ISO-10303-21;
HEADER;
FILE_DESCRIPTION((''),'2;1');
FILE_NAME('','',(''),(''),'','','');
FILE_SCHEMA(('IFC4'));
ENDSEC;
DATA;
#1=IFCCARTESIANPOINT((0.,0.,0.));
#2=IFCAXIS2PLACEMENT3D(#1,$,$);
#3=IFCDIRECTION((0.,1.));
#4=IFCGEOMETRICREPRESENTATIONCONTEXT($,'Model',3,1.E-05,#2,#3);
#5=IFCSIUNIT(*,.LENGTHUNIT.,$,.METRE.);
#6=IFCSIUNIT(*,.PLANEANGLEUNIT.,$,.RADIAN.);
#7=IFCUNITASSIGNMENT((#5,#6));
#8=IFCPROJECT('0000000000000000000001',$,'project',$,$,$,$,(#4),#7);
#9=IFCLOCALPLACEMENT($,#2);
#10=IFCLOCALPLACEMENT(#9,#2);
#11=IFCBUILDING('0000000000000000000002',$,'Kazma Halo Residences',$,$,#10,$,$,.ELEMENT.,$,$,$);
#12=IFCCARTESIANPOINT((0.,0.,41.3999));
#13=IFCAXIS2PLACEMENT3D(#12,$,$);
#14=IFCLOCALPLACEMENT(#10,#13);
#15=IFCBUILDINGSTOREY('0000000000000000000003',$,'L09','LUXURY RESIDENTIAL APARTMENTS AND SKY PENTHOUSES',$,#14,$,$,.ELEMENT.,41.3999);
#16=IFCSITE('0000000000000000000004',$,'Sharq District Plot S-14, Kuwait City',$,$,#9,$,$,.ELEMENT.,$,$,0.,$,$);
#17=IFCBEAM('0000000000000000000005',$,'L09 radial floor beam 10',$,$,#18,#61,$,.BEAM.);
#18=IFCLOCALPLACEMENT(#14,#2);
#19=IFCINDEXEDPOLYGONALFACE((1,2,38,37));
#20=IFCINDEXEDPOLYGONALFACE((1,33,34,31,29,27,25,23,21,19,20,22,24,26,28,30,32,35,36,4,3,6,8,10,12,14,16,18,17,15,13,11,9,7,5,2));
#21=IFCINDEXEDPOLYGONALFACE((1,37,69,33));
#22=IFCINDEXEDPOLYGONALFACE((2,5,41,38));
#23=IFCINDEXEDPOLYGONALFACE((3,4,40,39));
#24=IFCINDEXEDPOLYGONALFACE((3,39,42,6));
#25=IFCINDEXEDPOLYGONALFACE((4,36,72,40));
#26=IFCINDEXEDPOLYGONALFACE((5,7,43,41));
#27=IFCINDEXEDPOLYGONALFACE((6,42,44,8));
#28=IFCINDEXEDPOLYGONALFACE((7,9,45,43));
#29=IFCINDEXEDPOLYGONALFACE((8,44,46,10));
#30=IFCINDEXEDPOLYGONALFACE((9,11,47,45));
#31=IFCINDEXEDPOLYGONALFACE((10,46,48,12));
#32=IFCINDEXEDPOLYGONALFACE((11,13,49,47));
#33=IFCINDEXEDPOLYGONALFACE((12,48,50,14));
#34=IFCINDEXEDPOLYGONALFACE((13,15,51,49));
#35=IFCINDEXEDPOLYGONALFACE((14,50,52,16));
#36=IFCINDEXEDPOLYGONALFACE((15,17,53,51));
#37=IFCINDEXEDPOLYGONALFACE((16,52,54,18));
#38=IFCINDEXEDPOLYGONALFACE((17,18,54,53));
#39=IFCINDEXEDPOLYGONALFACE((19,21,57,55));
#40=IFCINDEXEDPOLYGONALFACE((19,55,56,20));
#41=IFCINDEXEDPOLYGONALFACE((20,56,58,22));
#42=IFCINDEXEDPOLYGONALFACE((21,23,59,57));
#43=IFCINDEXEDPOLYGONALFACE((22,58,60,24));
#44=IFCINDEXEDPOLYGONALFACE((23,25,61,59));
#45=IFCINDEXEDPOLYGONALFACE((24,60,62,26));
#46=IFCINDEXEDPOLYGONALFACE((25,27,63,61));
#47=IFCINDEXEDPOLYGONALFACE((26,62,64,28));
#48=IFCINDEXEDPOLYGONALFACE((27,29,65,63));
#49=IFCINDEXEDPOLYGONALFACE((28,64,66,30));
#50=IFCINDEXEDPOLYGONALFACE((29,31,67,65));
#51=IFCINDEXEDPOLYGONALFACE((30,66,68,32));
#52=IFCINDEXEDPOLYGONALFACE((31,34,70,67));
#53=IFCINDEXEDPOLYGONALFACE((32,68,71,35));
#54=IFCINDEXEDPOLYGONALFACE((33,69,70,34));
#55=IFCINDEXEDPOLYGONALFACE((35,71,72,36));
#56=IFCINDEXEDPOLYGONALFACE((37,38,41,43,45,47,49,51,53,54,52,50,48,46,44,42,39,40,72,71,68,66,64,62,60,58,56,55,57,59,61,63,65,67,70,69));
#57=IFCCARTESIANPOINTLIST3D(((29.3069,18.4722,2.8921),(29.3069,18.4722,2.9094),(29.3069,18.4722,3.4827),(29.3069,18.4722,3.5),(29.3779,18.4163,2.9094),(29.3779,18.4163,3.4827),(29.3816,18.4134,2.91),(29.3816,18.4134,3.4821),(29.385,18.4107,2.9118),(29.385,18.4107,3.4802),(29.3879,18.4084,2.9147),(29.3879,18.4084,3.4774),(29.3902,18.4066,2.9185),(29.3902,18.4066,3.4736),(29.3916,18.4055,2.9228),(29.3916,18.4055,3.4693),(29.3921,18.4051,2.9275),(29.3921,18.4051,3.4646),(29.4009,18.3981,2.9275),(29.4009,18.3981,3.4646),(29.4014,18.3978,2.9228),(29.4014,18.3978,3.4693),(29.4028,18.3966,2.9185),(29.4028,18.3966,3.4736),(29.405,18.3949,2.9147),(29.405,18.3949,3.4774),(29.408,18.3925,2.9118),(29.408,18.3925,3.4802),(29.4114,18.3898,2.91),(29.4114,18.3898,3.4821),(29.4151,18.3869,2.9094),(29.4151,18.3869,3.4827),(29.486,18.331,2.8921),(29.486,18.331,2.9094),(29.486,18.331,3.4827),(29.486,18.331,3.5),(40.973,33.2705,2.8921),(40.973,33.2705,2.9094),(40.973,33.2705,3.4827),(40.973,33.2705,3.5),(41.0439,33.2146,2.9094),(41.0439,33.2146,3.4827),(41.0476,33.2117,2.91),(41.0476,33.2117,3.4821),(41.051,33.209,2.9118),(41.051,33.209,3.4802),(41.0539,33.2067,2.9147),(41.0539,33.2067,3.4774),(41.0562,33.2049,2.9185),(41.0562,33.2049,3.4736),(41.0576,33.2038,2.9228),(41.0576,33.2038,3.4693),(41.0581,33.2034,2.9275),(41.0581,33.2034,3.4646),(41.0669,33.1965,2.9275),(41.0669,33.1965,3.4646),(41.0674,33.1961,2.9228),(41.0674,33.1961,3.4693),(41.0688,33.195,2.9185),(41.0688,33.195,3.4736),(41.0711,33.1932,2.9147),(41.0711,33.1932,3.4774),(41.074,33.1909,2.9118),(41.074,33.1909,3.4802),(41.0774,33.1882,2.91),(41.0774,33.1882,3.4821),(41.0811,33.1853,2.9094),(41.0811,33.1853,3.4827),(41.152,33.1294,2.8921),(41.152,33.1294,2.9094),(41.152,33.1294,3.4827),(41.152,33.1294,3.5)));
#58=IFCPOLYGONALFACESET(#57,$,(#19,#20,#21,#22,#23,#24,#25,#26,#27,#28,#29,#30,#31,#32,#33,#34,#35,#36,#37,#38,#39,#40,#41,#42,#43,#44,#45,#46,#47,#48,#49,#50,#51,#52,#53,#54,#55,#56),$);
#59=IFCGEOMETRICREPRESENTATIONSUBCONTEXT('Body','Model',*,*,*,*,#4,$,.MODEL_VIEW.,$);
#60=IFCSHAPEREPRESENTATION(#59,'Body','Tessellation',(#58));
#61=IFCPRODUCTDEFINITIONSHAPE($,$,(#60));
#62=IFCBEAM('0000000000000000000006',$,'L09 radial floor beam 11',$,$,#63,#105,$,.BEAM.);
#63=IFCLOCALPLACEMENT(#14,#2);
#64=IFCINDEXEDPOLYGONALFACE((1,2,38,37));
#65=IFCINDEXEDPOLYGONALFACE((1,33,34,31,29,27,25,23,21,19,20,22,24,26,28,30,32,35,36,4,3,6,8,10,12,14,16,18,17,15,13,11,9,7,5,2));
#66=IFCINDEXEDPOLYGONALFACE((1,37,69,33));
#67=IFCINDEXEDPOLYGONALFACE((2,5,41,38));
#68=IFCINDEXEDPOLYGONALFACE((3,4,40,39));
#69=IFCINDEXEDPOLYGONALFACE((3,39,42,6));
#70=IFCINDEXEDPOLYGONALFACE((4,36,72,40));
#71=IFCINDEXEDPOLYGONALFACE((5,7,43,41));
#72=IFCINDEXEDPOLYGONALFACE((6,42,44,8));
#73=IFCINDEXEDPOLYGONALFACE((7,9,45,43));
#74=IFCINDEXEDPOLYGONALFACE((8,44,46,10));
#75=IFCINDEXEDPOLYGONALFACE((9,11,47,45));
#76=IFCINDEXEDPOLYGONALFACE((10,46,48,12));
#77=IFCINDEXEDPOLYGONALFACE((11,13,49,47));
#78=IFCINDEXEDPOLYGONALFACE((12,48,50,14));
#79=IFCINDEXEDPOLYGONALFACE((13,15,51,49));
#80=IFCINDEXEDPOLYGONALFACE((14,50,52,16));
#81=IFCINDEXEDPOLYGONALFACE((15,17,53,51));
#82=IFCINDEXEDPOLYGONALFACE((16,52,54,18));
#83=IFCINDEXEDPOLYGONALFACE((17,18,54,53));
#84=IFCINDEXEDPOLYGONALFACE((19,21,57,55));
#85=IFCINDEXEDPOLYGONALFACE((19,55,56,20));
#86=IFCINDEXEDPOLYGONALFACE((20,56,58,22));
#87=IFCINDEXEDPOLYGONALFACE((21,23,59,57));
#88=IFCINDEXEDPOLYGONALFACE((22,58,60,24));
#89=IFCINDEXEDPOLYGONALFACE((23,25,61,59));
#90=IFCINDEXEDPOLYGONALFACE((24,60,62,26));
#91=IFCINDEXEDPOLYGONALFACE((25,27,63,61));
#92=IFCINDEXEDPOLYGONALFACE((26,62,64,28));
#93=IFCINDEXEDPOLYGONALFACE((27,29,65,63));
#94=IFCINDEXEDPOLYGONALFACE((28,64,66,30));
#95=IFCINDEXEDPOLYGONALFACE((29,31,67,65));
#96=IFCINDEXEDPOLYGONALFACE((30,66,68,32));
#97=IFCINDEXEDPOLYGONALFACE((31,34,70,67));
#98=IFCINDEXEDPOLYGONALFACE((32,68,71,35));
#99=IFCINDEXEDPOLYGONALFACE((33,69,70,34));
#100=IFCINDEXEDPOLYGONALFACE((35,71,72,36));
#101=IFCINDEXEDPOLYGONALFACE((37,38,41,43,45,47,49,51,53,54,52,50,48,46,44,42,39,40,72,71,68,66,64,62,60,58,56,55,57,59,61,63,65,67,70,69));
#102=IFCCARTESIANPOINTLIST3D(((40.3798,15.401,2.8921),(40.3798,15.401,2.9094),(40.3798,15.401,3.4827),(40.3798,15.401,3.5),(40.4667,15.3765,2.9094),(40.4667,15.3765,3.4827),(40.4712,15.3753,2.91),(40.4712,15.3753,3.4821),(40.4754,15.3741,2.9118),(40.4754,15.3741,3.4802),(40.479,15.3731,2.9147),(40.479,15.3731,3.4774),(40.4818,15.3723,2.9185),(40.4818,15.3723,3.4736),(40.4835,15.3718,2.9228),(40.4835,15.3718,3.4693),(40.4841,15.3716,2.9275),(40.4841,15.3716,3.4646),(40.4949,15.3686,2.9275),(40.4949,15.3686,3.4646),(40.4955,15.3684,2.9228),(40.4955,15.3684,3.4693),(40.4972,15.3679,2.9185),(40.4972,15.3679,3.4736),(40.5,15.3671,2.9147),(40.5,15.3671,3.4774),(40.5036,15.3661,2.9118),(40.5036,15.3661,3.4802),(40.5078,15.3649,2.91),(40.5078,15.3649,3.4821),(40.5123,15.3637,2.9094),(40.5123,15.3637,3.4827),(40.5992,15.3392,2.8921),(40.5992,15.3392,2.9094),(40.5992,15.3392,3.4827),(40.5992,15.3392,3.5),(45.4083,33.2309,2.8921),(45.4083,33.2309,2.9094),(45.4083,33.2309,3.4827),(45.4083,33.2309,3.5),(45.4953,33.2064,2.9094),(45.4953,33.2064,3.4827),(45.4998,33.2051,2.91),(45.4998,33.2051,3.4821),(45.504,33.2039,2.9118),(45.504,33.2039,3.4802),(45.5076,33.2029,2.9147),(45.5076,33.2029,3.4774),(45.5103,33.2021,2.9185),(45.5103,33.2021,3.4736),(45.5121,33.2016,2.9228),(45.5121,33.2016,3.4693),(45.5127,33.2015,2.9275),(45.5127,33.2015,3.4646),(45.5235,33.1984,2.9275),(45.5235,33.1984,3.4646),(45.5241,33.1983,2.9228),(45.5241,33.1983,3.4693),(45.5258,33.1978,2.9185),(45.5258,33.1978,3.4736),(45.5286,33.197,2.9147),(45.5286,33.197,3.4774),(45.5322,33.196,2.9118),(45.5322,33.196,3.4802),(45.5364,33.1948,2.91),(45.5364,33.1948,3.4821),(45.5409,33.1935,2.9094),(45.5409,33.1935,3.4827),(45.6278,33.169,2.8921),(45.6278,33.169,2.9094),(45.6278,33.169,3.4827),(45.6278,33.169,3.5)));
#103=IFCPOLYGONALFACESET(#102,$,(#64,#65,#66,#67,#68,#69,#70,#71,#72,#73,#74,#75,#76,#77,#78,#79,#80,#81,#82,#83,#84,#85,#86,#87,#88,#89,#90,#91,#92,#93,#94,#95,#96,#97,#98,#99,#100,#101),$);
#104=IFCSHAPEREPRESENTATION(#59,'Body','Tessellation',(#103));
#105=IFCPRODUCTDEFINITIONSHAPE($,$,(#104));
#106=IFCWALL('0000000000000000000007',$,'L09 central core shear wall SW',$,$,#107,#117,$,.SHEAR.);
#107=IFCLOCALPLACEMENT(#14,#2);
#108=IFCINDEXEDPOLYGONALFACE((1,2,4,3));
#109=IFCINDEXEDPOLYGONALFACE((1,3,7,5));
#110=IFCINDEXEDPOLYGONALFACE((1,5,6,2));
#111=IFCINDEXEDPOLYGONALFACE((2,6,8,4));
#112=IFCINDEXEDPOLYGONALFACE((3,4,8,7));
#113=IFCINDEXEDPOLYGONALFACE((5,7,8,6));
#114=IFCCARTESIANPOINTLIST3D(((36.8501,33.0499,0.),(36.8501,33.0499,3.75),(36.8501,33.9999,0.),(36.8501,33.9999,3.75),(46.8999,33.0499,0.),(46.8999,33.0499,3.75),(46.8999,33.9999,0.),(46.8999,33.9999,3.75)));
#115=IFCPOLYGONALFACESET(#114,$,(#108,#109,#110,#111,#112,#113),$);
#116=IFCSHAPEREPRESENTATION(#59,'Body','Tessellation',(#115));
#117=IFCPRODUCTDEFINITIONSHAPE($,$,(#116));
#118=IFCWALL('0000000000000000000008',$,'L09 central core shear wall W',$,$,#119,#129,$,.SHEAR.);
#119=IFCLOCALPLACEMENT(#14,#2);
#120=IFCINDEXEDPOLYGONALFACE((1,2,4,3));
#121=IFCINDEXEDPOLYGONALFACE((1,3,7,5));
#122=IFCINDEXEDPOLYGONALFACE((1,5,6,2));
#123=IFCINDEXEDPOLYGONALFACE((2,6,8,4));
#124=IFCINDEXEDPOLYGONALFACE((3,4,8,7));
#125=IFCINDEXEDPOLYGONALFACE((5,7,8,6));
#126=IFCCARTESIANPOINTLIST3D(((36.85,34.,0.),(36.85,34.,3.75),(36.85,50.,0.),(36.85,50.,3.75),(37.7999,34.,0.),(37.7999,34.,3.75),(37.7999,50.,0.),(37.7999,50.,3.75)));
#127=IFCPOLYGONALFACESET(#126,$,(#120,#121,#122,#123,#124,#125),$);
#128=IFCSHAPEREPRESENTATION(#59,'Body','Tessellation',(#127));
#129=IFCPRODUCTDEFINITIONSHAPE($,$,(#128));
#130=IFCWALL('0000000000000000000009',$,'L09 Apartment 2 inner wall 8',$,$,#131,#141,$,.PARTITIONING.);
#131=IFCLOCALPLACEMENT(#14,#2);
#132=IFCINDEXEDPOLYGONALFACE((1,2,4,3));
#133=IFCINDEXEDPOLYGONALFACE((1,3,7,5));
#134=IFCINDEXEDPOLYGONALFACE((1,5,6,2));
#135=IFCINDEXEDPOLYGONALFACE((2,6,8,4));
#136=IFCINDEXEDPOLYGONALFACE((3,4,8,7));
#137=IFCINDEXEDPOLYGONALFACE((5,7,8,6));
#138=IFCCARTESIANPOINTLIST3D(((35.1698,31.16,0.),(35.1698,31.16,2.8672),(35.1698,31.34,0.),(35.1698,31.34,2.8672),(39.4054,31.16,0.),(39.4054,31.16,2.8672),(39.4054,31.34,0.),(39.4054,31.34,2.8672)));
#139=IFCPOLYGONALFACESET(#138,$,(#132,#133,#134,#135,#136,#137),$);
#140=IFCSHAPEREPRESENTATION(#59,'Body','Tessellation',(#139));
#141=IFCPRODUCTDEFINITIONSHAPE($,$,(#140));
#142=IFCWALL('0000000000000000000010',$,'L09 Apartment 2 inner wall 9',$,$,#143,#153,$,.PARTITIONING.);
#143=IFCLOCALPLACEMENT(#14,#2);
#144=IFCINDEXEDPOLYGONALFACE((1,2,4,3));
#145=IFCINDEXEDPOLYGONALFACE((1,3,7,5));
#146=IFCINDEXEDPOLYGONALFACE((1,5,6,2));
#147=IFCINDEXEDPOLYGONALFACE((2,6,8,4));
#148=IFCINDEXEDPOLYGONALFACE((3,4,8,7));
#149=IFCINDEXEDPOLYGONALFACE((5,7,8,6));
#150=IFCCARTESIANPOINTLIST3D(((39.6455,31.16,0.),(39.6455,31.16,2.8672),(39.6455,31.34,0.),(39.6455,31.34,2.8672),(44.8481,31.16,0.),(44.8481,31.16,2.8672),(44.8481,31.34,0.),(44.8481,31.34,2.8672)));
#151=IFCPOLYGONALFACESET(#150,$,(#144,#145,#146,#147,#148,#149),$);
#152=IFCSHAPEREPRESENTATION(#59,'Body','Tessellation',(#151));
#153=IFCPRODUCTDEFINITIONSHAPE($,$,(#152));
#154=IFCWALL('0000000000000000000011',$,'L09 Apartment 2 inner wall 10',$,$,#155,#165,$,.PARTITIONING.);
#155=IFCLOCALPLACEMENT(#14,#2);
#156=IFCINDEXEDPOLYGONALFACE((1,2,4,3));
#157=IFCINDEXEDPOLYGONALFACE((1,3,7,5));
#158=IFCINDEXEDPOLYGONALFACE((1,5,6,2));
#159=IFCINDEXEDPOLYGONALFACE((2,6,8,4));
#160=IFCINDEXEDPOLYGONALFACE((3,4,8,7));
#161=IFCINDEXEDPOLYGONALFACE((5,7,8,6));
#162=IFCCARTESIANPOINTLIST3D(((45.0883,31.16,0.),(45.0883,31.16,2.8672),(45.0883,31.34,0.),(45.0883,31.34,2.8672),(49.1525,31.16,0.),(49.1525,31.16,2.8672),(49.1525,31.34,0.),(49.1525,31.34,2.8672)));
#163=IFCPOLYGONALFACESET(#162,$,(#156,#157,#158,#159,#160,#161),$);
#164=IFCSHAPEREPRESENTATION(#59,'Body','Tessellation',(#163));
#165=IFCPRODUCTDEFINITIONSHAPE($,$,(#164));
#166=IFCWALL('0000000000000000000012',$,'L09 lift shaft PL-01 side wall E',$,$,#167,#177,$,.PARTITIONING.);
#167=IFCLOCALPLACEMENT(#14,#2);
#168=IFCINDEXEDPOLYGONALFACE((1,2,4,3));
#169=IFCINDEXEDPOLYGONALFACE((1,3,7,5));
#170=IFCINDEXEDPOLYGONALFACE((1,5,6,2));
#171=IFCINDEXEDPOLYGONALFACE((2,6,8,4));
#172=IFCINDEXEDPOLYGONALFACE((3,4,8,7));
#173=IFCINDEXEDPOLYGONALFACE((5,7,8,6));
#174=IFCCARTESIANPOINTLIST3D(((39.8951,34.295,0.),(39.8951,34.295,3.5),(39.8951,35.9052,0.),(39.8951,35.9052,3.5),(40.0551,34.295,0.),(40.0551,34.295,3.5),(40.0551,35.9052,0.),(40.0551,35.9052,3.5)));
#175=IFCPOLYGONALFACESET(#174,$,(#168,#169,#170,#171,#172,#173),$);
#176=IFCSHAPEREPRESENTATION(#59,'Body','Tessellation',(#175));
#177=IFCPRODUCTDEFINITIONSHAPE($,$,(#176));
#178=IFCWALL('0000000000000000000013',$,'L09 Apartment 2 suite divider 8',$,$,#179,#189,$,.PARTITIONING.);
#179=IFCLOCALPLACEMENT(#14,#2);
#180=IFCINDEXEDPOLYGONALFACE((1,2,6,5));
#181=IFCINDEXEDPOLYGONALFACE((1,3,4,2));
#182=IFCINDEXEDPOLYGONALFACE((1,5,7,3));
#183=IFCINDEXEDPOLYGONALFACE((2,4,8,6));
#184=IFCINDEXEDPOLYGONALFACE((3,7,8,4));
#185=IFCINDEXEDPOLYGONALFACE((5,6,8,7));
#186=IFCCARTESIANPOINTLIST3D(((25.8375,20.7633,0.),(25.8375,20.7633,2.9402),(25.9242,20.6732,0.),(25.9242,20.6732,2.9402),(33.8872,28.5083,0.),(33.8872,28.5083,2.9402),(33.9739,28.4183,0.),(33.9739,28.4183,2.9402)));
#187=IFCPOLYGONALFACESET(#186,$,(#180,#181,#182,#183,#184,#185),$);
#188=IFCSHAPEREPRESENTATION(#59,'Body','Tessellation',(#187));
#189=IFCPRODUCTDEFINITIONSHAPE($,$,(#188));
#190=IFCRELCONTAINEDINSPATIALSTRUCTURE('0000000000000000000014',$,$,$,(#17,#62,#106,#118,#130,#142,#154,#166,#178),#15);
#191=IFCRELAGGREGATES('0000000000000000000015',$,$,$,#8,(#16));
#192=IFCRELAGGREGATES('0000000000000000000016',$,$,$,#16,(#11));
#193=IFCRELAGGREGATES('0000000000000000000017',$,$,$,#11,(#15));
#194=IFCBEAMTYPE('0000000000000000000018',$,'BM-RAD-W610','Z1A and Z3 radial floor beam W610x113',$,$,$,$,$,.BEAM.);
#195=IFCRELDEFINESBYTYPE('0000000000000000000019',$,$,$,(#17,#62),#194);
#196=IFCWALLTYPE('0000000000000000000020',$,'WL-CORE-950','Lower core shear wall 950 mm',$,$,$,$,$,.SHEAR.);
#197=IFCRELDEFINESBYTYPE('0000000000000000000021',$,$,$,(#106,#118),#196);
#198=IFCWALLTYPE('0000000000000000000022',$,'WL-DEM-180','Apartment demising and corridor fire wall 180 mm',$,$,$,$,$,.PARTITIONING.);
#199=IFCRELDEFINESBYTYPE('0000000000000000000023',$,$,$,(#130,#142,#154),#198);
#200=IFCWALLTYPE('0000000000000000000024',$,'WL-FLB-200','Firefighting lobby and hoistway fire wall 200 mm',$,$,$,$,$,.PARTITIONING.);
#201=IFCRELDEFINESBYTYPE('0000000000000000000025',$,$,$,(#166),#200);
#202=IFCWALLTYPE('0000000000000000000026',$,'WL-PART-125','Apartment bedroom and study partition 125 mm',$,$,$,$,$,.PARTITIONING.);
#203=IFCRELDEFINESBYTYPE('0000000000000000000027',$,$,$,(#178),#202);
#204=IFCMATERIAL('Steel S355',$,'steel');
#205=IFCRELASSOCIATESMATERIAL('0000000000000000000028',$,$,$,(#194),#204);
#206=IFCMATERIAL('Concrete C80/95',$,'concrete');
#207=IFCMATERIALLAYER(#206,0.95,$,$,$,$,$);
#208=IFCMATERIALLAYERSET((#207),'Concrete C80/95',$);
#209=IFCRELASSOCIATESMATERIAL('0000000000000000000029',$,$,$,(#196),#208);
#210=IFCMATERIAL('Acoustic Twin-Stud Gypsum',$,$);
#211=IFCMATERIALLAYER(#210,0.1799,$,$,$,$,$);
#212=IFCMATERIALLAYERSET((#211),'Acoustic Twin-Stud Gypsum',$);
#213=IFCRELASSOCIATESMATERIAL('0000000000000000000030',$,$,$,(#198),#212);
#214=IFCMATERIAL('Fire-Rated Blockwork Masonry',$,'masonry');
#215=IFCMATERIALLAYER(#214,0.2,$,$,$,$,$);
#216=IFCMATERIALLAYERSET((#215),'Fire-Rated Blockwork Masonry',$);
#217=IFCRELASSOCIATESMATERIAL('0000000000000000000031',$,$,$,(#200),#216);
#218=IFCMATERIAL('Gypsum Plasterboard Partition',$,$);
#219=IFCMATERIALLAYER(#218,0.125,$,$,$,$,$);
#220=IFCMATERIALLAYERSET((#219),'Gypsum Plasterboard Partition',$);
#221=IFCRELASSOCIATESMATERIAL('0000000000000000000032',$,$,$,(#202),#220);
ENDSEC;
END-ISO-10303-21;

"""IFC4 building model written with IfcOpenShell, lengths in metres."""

from ifc_helpers import new_model, si_unit, direction, frame, frame_2d, origin, origin_2d, place, context, subcontext, project, spatial, rectangle, i_section, extrude, material, layer, layer_set, material_profile, profile_set, type_object, element, save


model = new_model("IFC4")

# Units and contexts
model_context = context("Model", 3, precision=1e-05, world=origin(), true_north=direction((0.0, 1.0)))
body_context = subcontext(model_context, "Body", "Model", "MODEL_VIEW")
ifc_project = project(units=[si_unit("LENGTHUNIT", "METRE"), si_unit("PLANEANGLEUNIT", "RADIAN")], contexts=[model_context])

# Site, building, storey
site_placement = place(None, origin())
site = spatial("IfcSite", under=ifc_project, at=site_placement, Name="Sharq District Plot S-14, Kuwait City", CompositionType="ELEMENT", RefElevation=0.0)
building_placement = place(site_placement, origin())
building = spatial("IfcBuilding", under=site, at=building_placement, Name="Kazma Halo Residences", CompositionType="ELEMENT")
storey_placement = place(building_placement, frame((0.0, 0.0, 41.3999)))
storey = spatial("IfcBuildingStorey", under=building, at=storey_placement, Name="L09", Description="LUXURY RESIDENTIAL APARTMENTS AND SKY PENTHOUSES", CompositionType="ELEMENT", Elevation=41.3999)

# Beams
ifc_material_1 = material(Name="Steel S355", Category="steel")
ifc_material_profile = material_profile(ifc_material_1, i_section(OverallWidth=0.228, OverallDepth=0.6079, WebThickness=0.0112, FlangeThickness=0.0173, FilletRadius=0.0181, at=origin_2d()), Name="W610x113")
ifc_profile_set = profile_set([ifc_material_profile], Name="Steel S355")
beam_type = type_object("IfcBeamType", Name="BM-RAD-W610", Description="Z1A and Z3 radial floor beam W610x113", PredefinedType="BEAM", material=ifc_profile_set)
beam_1_placement = place(storey_placement, frame((41.0625, 33.2, 3.196), z_axis=(-0.619092, -0.785318, 0.0), x_axis=(0.785318, -0.619092, 0.0)))
element("IfcBeam", 1, at=beam_1_placement, inside=storey, type_object=beam_type, Name="L09 radial floor beam 10", PredefinedType="BEAM", context=body_context, shape_type="SweptSolid", body=[
    extrude(i_section(OverallWidth=0.228, OverallDepth=0.6079, WebThickness=0.0112, FlangeThickness=0.0173, FilletRadius=0.0181, at=origin_2d()), origin(), (0.0, 0.0, 1.0), 18.8438),
])
beam_2_placement = place(storey_placement, frame((45.5181, 33.2, 3.196), z_axis=(-0.271442, -0.962455, 0.0), x_axis=(0.962455, -0.271442, 0.0)))
element("IfcBeam", 2, at=beam_2_placement, inside=storey, type_object=beam_type, Name="L09 radial floor beam 11", PredefinedType="BEAM", context=body_context, shape_type="SweptSolid", body=[
    extrude(i_section(OverallWidth=0.228, OverallDepth=0.6079, WebThickness=0.0112, FlangeThickness=0.0173, FilletRadius=0.0181, at=origin_2d()), origin(), (0.0, 0.0, 1.0), 18.5254),
])

# Walls
ifc_material_2 = material(Name="Concrete C80/95", Category="concrete")
ifc_layer_1 = layer(ifc_material_2, 0.95)
ifc_layer_set_1 = layer_set([ifc_layer_1], Name="Concrete C80/95")
wall_type_1 = type_object("IfcWallType", Name="WL-CORE-950", Description="Lower core shear wall 950 mm", PredefinedType="SHEAR", material=ifc_layer_set_1)
wall_1_placement = place(storey_placement, frame((36.8501, 33.5249, 0.0), z_axis=(0.0, 0.0, 1.0), x_axis=(1.0, 0.0, 0.0)))
element("IfcWall", 3, at=wall_1_placement, inside=storey, type_object=wall_type_1, Name="L09 central core shear wall SW", PredefinedType="SHEAR", context=body_context, shape_type="SweptSolid", body=[
    extrude(rectangle(XDim=10.0498, YDim=0.95, at=frame_2d((5.0249, 0.0))), origin(), (0.0, 0.0, 1.0), 3.75),
])
wall_2_placement = place(storey_placement, frame((37.325, 34.0, 0.0), z_axis=(0.0, 0.0, 1.0), x_axis=(0.0, 1.0, 0.0)))
element("IfcWall", 4, at=wall_2_placement, inside=storey, type_object=wall_type_1, Name="L09 central core shear wall W", PredefinedType="SHEAR", context=body_context, shape_type="SweptSolid", body=[
    extrude(rectangle(XDim=16.0, YDim=0.95, at=frame_2d((8.0, 0.0))), origin(), (0.0, 0.0, 1.0), 3.75),
])
ifc_material_3 = material(Name="Acoustic Twin-Stud Gypsum")
ifc_layer_2 = layer(ifc_material_3, 0.1799)
ifc_layer_set_2 = layer_set([ifc_layer_2], Name="Acoustic Twin-Stud Gypsum")
wall_type_2 = type_object("IfcWallType", Name="WL-DEM-180", Description="Apartment demising and corridor fire wall 180 mm", PredefinedType="PARTITIONING", material=ifc_layer_set_2)
wall_3_placement = place(storey_placement, frame((35.1699, 31.25, 0.0), z_axis=(0.0, 0.0, 1.0), x_axis=(1.0, 0.0, 0.0)))
element("IfcWall", 5, at=wall_3_placement, inside=storey, type_object=wall_type_2, Name="L09 Apartment 2 inner wall 8", PredefinedType="PARTITIONING", context=body_context, shape_type="SweptSolid", body=[
    extrude(rectangle(XDim=4.2356, YDim=0.1799, at=frame_2d((2.1177, 0.0))), origin(), (0.0, 0.0, 1.0), 2.8672),
])
wall_4_placement = place(storey_placement, frame((39.6455, 31.25, 0.0), z_axis=(0.0, 0.0, 1.0), x_axis=(1.0, 0.0, 0.0)))
element("IfcWall", 6, at=wall_4_placement, inside=storey, type_object=wall_type_2, Name="L09 Apartment 2 inner wall 9", PredefinedType="PARTITIONING", context=body_context, shape_type="SweptSolid", body=[
    extrude(rectangle(XDim=5.2026, YDim=0.1799, at=frame_2d((2.6013, 0.0))), origin(), (0.0, 0.0, 1.0), 2.8672),
])
wall_5_placement = place(storey_placement, frame((45.0881, 31.25, 0.0), z_axis=(0.0, 0.0, 1.0), x_axis=(1.0, 0.0, 0.0)))
element("IfcWall", 7, at=wall_5_placement, inside=storey, type_object=wall_type_2, Name="L09 Apartment 2 inner wall 10", PredefinedType="PARTITIONING", context=body_context, shape_type="SweptSolid", body=[
    extrude(rectangle(XDim=4.0642, YDim=0.1799, at=frame_2d((2.0322, 0.0))), origin(), (0.0, 0.0, 1.0), 2.8672),
])
ifc_material_4 = material(Name="Fire-Rated Blockwork Masonry", Category="masonry")
ifc_layer_3 = layer(ifc_material_4, 0.2)
ifc_layer_set_3 = layer_set([ifc_layer_3], Name="Fire-Rated Blockwork Masonry")
wall_type_3 = type_object("IfcWallType", Name="WL-FLB-200", Description="Firefighting lobby and hoistway fire wall 200 mm", PredefinedType="PARTITIONING", material=ifc_layer_set_3)
wall_6_placement = place(storey_placement, frame((39.9751, 34.2949, 0.0), z_axis=(0.0, 0.0, 1.0), x_axis=(0.0, 1.0, 0.0)))
element("IfcWall", 8, at=wall_6_placement, inside=storey, type_object=wall_type_3, Name="L09 lift shaft PL-01 side wall E", PredefinedType="PARTITIONING", context=body_context, shape_type="SweptSolid", body=[
    extrude(rectangle(XDim=1.6101, YDim=0.1599, at=frame_2d((0.8052, 0.0))), origin(), (0.0, 0.0, 1.0), 3.5),
])
ifc_material_5 = material(Name="Gypsum Plasterboard Partition")
ifc_layer_4 = layer(ifc_material_5, 0.125)
ifc_layer_set_4 = layer_set([ifc_layer_4], Name="Gypsum Plasterboard Partition")
wall_type_4 = type_object("IfcWallType", Name="WL-PART-125", Description="Apartment bedroom and study partition 125 mm", PredefinedType="PARTITIONING", material=ifc_layer_set_4)
wall_7_placement = place(storey_placement, frame((33.9307, 28.4634, 0.0), z_axis=(0.0, 0.0, 1.0), x_axis=(-0.720613, -0.693338, 0.0)))
element("IfcWall", 9, at=wall_7_placement, inside=storey, type_object=wall_type_4, Name="L09 Apartment 2 suite divider 8", PredefinedType="PARTITIONING", context=body_context, shape_type="SweptSolid", body=[
    extrude(rectangle(XDim=11.1707, YDim=0.125, at=frame_2d((5.5854, 0.0))), origin(), (0.0, 0.0, 1.0), 2.9402),
])

save(model, "model.ifc")
